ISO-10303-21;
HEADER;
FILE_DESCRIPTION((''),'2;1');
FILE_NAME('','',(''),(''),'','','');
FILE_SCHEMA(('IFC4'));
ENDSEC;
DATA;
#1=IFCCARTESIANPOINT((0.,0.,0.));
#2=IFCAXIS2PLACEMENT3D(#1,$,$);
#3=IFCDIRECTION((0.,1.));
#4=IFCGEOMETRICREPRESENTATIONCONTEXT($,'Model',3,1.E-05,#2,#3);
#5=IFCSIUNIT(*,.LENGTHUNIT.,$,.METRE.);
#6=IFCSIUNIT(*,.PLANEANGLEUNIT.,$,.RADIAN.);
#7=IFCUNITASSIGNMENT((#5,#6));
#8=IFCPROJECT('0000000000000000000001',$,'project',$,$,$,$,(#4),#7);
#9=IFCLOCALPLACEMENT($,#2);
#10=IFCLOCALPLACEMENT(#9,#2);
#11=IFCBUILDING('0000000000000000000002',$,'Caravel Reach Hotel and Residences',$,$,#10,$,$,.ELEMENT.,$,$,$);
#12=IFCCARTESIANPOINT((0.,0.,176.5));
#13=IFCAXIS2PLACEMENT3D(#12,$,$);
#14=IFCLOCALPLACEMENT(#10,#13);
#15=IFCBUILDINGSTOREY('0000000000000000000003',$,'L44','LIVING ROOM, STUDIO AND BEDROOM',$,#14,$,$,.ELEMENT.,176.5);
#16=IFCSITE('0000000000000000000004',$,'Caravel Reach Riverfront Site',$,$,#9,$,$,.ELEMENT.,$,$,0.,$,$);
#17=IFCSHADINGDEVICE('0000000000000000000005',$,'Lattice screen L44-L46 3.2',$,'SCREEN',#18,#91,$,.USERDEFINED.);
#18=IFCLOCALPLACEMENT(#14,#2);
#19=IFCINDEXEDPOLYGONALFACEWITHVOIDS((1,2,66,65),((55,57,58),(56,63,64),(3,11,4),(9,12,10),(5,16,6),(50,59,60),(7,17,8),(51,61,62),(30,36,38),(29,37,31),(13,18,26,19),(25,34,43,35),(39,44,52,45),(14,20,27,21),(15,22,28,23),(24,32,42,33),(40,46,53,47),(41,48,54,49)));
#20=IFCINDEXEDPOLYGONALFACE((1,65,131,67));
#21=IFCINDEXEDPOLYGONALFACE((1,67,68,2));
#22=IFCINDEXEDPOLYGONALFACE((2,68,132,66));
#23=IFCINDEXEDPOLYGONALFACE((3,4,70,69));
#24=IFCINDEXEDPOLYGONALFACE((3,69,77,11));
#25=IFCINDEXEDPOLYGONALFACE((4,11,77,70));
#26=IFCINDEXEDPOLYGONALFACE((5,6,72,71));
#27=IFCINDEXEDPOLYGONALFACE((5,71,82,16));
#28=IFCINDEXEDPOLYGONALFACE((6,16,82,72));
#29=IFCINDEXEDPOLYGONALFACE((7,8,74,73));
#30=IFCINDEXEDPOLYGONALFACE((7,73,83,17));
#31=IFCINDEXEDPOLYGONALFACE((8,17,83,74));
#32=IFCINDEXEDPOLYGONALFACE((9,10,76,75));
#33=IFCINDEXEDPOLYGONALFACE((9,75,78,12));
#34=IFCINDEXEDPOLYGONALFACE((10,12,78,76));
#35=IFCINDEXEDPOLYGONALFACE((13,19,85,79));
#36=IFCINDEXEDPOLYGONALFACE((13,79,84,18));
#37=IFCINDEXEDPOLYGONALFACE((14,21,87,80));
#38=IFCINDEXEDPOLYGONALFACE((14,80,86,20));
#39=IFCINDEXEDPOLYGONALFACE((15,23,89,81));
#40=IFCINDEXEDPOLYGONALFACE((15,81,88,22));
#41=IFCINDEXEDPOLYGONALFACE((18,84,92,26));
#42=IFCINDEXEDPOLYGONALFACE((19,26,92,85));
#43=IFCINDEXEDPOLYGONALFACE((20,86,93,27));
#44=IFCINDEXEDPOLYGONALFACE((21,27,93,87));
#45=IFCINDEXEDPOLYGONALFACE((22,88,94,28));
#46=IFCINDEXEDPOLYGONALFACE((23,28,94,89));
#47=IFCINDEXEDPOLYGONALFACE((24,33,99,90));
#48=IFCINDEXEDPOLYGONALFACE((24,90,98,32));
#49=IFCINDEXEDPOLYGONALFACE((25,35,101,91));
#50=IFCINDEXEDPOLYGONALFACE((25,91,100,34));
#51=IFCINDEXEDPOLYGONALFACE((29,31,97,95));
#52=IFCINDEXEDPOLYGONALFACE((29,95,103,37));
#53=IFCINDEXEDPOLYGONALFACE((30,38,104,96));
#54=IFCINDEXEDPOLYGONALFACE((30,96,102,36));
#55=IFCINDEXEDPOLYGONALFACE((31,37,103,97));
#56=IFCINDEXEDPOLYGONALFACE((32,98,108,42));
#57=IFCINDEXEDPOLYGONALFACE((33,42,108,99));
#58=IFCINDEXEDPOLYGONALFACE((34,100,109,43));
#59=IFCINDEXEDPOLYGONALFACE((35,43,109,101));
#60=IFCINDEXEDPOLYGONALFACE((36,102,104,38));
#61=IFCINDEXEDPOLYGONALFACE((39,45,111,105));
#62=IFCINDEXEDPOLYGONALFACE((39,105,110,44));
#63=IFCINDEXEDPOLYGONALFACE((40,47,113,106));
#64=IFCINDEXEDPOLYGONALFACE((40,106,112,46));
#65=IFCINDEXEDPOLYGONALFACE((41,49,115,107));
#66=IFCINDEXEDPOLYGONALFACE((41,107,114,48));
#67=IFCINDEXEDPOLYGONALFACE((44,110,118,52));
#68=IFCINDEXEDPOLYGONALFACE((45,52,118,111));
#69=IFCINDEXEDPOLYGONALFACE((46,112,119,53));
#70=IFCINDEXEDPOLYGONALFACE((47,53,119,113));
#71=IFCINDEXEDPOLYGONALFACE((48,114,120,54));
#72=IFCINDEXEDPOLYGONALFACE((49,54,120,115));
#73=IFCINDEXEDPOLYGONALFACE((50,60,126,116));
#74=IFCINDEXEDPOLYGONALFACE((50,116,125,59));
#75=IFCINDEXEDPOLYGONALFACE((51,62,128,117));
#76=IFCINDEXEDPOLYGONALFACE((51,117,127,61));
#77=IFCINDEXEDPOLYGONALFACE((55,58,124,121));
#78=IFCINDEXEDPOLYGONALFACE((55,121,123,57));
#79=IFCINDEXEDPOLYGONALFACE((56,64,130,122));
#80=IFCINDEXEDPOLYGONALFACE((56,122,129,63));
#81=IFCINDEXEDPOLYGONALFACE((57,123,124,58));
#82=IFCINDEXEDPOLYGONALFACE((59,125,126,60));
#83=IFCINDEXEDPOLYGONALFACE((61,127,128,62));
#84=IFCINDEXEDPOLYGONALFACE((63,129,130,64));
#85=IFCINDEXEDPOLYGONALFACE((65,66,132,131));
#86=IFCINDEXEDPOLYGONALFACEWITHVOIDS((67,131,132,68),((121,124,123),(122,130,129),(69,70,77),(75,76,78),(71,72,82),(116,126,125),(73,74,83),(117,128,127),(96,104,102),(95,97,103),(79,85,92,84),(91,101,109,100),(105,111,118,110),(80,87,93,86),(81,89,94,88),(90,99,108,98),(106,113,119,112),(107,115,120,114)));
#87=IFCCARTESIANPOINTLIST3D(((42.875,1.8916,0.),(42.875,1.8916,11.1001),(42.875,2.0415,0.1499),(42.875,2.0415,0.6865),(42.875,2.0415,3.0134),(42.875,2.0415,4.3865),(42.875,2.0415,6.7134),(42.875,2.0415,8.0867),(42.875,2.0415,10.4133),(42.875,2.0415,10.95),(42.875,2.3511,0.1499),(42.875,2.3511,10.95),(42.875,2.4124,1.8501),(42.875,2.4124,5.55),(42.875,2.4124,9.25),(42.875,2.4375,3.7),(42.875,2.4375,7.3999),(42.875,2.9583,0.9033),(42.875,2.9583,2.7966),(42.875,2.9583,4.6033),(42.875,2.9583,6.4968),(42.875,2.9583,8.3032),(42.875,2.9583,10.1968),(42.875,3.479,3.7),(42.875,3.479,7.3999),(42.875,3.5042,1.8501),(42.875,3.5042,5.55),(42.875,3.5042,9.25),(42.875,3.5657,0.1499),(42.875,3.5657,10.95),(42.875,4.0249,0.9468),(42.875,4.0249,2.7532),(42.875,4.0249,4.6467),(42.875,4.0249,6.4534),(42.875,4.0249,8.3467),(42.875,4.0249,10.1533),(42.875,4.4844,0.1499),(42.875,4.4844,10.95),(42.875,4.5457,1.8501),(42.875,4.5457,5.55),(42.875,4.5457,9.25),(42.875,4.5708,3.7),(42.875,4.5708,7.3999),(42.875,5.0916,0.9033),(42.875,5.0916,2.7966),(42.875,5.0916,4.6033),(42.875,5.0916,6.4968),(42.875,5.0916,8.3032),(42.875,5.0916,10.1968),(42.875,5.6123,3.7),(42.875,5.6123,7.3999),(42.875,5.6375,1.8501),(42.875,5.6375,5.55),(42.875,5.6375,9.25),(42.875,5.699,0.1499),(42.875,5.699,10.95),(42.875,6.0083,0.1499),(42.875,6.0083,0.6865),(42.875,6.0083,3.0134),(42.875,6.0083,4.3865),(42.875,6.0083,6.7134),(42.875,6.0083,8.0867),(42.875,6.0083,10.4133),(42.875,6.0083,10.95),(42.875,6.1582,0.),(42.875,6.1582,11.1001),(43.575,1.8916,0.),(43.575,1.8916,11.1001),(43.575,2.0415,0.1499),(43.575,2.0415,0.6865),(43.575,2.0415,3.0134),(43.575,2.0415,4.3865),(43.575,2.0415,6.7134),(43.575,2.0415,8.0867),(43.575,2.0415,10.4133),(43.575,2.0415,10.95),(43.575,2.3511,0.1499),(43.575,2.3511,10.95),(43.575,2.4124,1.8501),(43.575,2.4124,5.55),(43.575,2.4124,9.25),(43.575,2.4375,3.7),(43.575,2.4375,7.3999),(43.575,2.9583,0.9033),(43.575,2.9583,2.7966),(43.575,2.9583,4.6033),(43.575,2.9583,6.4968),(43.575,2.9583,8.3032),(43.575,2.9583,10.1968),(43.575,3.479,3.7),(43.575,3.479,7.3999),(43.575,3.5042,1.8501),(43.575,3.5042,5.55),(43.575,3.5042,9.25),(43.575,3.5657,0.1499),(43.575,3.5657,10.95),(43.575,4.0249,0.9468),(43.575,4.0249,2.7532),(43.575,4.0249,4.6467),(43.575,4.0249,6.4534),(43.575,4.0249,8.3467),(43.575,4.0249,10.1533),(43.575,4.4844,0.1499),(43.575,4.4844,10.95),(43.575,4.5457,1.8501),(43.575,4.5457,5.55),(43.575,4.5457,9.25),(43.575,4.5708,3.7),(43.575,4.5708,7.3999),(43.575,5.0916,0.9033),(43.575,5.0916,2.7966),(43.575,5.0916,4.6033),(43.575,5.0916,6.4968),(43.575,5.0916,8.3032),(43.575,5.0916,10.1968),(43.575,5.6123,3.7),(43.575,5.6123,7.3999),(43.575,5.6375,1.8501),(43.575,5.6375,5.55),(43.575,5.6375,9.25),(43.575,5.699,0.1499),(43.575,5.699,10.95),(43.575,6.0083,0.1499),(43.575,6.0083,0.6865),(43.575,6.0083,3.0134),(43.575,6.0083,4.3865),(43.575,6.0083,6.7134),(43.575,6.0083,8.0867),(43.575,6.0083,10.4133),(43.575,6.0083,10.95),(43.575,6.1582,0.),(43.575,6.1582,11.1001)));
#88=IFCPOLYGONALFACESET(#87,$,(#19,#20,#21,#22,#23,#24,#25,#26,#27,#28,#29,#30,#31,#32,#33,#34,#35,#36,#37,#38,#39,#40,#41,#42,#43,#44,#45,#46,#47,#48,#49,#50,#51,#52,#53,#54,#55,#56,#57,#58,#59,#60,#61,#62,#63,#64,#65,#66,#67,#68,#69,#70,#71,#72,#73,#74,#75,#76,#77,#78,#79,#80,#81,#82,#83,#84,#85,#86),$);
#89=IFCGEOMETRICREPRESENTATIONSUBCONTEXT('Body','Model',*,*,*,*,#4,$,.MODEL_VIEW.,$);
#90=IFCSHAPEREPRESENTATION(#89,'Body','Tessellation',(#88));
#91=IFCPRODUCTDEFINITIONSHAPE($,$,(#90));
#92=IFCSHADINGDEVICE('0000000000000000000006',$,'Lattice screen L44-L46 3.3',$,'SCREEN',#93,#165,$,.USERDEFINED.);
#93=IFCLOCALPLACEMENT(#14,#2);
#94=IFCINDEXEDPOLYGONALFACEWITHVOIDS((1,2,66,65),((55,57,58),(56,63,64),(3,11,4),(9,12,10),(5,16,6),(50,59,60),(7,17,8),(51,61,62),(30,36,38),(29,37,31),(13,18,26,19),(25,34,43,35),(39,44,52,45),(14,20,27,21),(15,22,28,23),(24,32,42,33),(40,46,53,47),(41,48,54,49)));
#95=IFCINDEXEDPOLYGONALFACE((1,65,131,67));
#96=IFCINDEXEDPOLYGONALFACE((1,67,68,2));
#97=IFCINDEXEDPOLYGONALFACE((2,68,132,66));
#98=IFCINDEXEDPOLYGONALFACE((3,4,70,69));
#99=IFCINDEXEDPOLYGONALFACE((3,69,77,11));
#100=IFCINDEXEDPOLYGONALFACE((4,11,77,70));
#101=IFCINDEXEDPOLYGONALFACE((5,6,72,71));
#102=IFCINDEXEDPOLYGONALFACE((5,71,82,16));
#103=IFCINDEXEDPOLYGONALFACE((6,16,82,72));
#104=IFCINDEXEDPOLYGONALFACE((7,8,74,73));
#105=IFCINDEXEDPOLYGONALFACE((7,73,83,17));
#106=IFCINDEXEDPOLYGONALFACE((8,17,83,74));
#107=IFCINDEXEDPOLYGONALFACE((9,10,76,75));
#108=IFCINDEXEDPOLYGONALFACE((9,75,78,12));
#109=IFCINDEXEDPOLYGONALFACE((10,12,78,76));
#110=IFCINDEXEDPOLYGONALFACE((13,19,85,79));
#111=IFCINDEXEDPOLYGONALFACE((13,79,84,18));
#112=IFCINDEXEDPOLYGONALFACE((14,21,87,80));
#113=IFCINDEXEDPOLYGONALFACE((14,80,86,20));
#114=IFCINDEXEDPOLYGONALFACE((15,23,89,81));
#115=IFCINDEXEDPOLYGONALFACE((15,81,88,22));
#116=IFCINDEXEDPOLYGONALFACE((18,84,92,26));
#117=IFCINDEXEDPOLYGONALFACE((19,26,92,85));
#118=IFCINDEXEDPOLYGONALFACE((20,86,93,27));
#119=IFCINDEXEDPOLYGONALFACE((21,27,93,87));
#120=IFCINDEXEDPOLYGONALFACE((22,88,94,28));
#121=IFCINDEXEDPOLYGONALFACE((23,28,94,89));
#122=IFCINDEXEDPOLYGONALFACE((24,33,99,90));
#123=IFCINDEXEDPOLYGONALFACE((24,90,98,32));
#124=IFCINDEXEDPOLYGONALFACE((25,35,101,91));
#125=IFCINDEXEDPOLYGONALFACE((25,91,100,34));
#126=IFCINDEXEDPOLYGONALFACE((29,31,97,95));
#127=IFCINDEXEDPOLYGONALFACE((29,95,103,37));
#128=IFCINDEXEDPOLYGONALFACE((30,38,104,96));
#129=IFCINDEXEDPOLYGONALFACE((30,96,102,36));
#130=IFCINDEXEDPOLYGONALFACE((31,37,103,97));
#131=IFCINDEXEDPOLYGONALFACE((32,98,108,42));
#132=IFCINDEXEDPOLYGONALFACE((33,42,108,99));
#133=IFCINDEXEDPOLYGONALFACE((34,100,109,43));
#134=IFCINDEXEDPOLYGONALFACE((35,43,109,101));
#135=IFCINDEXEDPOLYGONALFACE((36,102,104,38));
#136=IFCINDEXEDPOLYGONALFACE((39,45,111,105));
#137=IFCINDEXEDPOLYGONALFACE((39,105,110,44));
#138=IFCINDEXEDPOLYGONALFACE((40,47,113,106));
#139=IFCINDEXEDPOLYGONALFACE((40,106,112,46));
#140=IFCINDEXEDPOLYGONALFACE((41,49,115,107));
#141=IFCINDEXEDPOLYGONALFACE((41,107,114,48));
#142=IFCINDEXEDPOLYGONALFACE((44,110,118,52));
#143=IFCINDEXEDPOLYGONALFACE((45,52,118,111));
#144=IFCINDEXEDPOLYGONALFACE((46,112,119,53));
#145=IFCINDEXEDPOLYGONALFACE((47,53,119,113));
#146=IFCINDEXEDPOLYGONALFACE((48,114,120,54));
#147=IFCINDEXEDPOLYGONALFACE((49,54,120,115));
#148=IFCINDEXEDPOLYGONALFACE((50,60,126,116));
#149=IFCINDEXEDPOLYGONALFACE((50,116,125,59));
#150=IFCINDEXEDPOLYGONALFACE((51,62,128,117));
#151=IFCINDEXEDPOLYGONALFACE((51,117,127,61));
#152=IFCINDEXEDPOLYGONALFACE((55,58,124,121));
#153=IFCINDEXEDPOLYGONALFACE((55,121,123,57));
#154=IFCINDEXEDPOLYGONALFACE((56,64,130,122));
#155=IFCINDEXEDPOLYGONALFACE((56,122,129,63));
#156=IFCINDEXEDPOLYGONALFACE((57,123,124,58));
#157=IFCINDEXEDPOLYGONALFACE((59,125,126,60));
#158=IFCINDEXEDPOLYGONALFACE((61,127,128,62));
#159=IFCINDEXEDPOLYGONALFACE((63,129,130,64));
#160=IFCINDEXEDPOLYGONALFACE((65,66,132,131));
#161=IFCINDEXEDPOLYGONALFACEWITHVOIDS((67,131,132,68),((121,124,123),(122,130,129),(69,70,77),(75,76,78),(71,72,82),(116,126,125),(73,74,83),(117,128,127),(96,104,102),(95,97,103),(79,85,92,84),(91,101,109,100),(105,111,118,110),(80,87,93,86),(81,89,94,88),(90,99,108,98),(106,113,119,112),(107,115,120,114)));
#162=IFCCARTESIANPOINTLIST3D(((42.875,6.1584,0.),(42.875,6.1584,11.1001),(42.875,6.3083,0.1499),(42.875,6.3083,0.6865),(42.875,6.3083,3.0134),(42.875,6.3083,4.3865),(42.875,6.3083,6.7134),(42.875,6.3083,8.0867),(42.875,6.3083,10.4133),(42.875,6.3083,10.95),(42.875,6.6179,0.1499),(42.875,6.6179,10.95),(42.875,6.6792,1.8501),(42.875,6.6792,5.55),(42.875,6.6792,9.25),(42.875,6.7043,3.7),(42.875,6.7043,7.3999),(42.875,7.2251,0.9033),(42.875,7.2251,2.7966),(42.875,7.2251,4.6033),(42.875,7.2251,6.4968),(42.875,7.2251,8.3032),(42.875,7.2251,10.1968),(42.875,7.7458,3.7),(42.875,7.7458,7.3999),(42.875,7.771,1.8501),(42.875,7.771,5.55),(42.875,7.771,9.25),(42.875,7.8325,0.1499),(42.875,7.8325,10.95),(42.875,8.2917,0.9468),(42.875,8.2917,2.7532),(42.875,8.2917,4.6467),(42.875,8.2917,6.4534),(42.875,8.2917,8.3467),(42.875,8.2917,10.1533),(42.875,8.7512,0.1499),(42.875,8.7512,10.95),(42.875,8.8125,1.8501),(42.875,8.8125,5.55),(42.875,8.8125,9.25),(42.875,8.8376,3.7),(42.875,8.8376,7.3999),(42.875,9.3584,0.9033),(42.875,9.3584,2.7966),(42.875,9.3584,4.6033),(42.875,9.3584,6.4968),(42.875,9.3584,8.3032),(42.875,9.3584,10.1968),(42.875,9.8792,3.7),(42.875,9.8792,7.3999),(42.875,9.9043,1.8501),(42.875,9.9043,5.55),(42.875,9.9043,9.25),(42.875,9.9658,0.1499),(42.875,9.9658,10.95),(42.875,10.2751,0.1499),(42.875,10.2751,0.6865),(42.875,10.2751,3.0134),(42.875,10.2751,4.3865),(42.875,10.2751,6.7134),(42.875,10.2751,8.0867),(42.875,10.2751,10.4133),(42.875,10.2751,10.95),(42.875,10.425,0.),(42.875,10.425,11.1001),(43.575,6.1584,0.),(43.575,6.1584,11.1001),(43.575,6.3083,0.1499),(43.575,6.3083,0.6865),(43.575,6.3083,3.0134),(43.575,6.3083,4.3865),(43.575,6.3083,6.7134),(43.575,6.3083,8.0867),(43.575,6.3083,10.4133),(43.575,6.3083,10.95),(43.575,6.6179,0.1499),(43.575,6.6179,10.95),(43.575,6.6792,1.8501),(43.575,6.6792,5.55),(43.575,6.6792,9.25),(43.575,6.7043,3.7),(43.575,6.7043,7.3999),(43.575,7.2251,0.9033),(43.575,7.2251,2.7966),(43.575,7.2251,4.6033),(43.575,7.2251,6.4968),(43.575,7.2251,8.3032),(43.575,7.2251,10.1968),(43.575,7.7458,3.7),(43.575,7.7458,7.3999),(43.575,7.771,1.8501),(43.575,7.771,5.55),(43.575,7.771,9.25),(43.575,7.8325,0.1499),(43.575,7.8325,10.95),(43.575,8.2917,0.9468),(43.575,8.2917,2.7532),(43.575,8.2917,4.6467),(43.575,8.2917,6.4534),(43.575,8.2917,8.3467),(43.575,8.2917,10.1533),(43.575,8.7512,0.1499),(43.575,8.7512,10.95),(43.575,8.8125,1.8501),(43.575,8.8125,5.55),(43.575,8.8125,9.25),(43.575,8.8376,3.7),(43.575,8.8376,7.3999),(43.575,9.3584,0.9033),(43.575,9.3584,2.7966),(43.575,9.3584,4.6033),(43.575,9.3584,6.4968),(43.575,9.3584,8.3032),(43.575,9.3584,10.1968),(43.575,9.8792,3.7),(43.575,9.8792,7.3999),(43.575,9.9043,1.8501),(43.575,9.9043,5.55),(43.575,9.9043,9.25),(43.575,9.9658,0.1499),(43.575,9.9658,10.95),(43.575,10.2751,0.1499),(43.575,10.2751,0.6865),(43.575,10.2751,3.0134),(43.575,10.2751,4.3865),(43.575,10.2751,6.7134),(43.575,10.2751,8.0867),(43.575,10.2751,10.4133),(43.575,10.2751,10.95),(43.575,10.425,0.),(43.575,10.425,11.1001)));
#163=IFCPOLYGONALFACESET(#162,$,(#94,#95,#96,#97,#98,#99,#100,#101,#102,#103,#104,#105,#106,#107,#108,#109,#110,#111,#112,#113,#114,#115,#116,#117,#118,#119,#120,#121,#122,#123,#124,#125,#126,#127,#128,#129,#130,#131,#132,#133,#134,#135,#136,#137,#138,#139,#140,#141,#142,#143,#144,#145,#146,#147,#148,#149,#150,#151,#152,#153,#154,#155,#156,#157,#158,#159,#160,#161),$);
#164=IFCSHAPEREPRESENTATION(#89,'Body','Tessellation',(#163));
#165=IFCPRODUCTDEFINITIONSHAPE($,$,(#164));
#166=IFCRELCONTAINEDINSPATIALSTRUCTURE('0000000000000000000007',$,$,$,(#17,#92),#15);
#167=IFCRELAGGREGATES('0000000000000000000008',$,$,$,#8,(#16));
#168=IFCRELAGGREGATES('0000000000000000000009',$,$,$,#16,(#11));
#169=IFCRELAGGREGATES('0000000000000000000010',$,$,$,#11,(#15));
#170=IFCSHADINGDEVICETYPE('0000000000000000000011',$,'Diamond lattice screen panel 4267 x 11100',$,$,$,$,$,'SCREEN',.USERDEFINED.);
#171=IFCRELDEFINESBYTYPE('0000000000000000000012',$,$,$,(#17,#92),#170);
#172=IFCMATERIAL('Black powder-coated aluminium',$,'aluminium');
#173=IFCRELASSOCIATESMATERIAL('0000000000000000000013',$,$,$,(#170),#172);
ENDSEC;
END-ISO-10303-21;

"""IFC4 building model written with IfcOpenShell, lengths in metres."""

from ifc_helpers import new_model, si_unit, direction, frame, origin, place, context, subcontext, project, spatial, polyline, outline, extrude, material, type_object, element, save


model = new_model("IFC4")

# Units and contexts
model_context = context("Model", 3, precision=1e-05, world=origin(), true_north=direction((0.0, 1.0)))
body_context = subcontext(model_context, "Body", "Model", "MODEL_VIEW")
ifc_project = project(units=[si_unit("LENGTHUNIT", "METRE"), si_unit("PLANEANGLEUNIT", "RADIAN")], contexts=[model_context])

# Site, building, storey
site_placement = place(None, origin())
site = spatial("IfcSite", under=ifc_project, at=site_placement, Name="Caravel Reach Riverfront Site", CompositionType="ELEMENT", RefElevation=0.0)
building_placement = place(site_placement, origin())
building = spatial("IfcBuilding", under=site, at=building_placement, Name="Caravel Reach Hotel and Residences", CompositionType="ELEMENT")
storey_placement = place(building_placement, frame((0.0, 0.0, 176.5)))
storey = spatial("IfcBuildingStorey", under=building, at=storey_placement, Name="L44", Description="LIVING ROOM, STUDIO AND BEDROOM", CompositionType="ELEMENT", Elevation=176.5)

# Shading devices
ifc_material_1 = material(Name="Black powder-coated aluminium", Category="aluminium")
shading_device_type_1 = type_object("IfcShadingDeviceType", Name="Diamond lattice screen panel 4267 x 11100", ElementType="SCREEN", PredefinedType="USERDEFINED", material=ifc_material_1)
shading_device_1_placement = place(storey_placement, frame((42.875, 1.8916, 0.0), z_axis=(1.0, 0.0, 0.0), x_axis=(0.0, 1.0, 0.0)))
element("IfcShadingDevice", 1, at=shading_device_1_placement, inside=storey, type_object=shading_device_type_1, Name="Lattice screen L44-L46 3.2", ObjectType="SCREEN", PredefinedType="USERDEFINED", context=body_context, shape_type="SweptSolid", body=[
    extrude(outline(polyline([(0.0, 0.0), (4.2666, 0.0), (4.2666, 11.1001), (0.0, 11.1001), (0.0, 0.0)]), holes=[polyline([(0.4595, 0.1499), (0.1499, 0.6865), (0.1499, 0.1499), (0.4595, 0.1499)]), polyline([(0.5459, 3.7), (0.1499, 4.3865), (0.1499, 3.0134), (0.5459, 3.7)]), polyline([(0.5459, 7.3999), (0.1499, 8.0867), (0.1499, 6.7134), (0.5459, 7.3999)]), polyline([(0.1499, 10.4133), (0.4595, 10.95), (0.1499, 10.95), (0.1499, 10.4133)]), polyline([(1.0667, 2.7966), (0.5208, 1.8501), (1.0667, 0.9033), (1.6125, 1.8501), (1.0667, 2.7966)]), polyline([(1.0667, 6.4968), (0.5208, 5.55), (1.0667, 4.6033), (1.6125, 5.55), (1.0667, 6.4968)]), polyline([(1.0667, 10.1968), (0.5208, 9.25), (1.0667, 8.3032), (1.6125, 9.25), (1.0667, 10.1968)]), polyline([(2.1333, 0.9468), (1.6741, 0.1499), (2.5928, 0.1499), (2.1333, 0.9468)]), polyline([(2.1333, 4.6467), (1.5874, 3.7), (2.1333, 2.7532), (2.6792, 3.7), (2.1333, 4.6467)]), polyline([(2.1333, 8.3467), (1.5874, 7.3999), (2.1333, 6.4534), (2.6792, 7.3999), (2.1333, 8.3467)]), polyline([(2.1333, 10.1533), (2.5928, 10.95), (1.6741, 10.95), (2.1333, 10.1533)]), polyline([(3.2, 2.7966), (2.6541, 1.8501), (3.2, 0.9033), (3.7458, 1.8501), (3.2, 2.7966)]), polyline([(3.2, 6.4968), (2.6541, 5.55), (3.2, 4.6033), (3.7458, 5.55), (3.2, 6.4968)]), polyline([(3.2, 10.1968), (2.6541, 9.25), (3.2, 8.3032), (3.7458, 9.25), (3.2, 10.1968)]), polyline([(4.1167, 0.6865), (3.8074, 0.1499), (4.1167, 0.1499), (4.1167, 0.6865)]), polyline([(3.7207, 3.7), (4.1167, 3.0134), (4.1167, 4.3865), (3.7207, 3.7)]), polyline([(3.7207, 7.3999), (4.1167, 6.7134), (4.1167, 8.0867), (3.7207, 7.3999)]), polyline([(3.8074, 10.95), (4.1167, 10.4133), (4.1167, 10.95), (3.8074, 10.95)])]), origin(), (0.0, 0.0, 1.0), 0.7),
])
shading_device_2_placement = place(storey_placement, frame((42.875, 6.1584, 0.0), z_axis=(1.0, 0.0, 0.0), x_axis=(0.0, 1.0, 0.0)))
element("IfcShadingDevice", 2, at=shading_device_2_placement, inside=storey, type_object=shading_device_type_1, Name="Lattice screen L44-L46 3.3", ObjectType="SCREEN", PredefinedType="USERDEFINED", context=body_context, shape_type="SweptSolid", body=[
    extrude(outline(polyline([(0.0, 0.0), (4.2666, 0.0), (4.2666, 11.1001), (0.0, 11.1001), (0.0, 0.0)]), holes=[polyline([(0.4595, 0.1499), (0.1499, 0.6865), (0.1499, 0.1499), (0.4595, 0.1499)]), polyline([(0.5459, 3.7), (0.1499, 4.3865), (0.1499, 3.0134), (0.5459, 3.7)]), polyline([(0.5459, 7.3999), (0.1499, 8.0867), (0.1499, 6.7134), (0.5459, 7.3999)]), polyline([(0.1499, 10.4133), (0.4595, 10.95), (0.1499, 10.95), (0.1499, 10.4133)]), polyline([(1.0667, 2.7966), (0.5208, 1.8501), (1.0667, 0.9033), (1.6125, 1.8501), (1.0667, 2.7966)]), polyline([(1.0667, 6.4968), (0.5208, 5.55), (1.0667, 4.6033), (1.6125, 5.55), (1.0667, 6.4968)]), polyline([(1.0667, 10.1968), (0.5208, 9.25), (1.0667, 8.3032), (1.6125, 9.25), (1.0667, 10.1968)]), polyline([(2.1333, 0.9468), (1.6741, 0.1499), (2.5928, 0.1499), (2.1333, 0.9468)]), polyline([(2.1333, 4.6467), (1.5874, 3.7), (2.1333, 2.7532), (2.6792, 3.7), (2.1333, 4.6467)]), polyline([(2.1333, 8.3467), (1.5874, 7.3999), (2.1333, 6.4534), (2.6792, 7.3999), (2.1333, 8.3467)]), polyline([(2.1333, 10.1533), (2.5928, 10.95), (1.6741, 10.95), (2.1333, 10.1533)]), polyline([(3.2, 2.7966), (2.6541, 1.8501), (3.2, 0.9033), (3.7458, 1.8501), (3.2, 2.7966)]), polyline([(3.2, 6.4968), (2.6541, 5.55), (3.2, 4.6033), (3.7458, 5.55), (3.2, 6.4968)]), polyline([(3.2, 10.1968), (2.6541, 9.25), (3.2, 8.3032), (3.7458, 9.25), (3.2, 10.1968)]), polyline([(4.1167, 0.6865), (3.8074, 0.1499), (4.1167, 0.1499), (4.1167, 0.6865)]), polyline([(3.7207, 3.7), (4.1167, 3.0134), (4.1167, 4.3865), (3.7207, 3.7)]), polyline([(3.7207, 7.3999), (4.1167, 6.7134), (4.1167, 8.0867), (3.7207, 7.3999)]), polyline([(3.8074, 10.95), (4.1167, 10.4133), (4.1167, 10.95), (3.8074, 10.95)])]), origin(), (0.0, 0.0, 1.0), 0.7),
])

save(model, "model.ifc")
